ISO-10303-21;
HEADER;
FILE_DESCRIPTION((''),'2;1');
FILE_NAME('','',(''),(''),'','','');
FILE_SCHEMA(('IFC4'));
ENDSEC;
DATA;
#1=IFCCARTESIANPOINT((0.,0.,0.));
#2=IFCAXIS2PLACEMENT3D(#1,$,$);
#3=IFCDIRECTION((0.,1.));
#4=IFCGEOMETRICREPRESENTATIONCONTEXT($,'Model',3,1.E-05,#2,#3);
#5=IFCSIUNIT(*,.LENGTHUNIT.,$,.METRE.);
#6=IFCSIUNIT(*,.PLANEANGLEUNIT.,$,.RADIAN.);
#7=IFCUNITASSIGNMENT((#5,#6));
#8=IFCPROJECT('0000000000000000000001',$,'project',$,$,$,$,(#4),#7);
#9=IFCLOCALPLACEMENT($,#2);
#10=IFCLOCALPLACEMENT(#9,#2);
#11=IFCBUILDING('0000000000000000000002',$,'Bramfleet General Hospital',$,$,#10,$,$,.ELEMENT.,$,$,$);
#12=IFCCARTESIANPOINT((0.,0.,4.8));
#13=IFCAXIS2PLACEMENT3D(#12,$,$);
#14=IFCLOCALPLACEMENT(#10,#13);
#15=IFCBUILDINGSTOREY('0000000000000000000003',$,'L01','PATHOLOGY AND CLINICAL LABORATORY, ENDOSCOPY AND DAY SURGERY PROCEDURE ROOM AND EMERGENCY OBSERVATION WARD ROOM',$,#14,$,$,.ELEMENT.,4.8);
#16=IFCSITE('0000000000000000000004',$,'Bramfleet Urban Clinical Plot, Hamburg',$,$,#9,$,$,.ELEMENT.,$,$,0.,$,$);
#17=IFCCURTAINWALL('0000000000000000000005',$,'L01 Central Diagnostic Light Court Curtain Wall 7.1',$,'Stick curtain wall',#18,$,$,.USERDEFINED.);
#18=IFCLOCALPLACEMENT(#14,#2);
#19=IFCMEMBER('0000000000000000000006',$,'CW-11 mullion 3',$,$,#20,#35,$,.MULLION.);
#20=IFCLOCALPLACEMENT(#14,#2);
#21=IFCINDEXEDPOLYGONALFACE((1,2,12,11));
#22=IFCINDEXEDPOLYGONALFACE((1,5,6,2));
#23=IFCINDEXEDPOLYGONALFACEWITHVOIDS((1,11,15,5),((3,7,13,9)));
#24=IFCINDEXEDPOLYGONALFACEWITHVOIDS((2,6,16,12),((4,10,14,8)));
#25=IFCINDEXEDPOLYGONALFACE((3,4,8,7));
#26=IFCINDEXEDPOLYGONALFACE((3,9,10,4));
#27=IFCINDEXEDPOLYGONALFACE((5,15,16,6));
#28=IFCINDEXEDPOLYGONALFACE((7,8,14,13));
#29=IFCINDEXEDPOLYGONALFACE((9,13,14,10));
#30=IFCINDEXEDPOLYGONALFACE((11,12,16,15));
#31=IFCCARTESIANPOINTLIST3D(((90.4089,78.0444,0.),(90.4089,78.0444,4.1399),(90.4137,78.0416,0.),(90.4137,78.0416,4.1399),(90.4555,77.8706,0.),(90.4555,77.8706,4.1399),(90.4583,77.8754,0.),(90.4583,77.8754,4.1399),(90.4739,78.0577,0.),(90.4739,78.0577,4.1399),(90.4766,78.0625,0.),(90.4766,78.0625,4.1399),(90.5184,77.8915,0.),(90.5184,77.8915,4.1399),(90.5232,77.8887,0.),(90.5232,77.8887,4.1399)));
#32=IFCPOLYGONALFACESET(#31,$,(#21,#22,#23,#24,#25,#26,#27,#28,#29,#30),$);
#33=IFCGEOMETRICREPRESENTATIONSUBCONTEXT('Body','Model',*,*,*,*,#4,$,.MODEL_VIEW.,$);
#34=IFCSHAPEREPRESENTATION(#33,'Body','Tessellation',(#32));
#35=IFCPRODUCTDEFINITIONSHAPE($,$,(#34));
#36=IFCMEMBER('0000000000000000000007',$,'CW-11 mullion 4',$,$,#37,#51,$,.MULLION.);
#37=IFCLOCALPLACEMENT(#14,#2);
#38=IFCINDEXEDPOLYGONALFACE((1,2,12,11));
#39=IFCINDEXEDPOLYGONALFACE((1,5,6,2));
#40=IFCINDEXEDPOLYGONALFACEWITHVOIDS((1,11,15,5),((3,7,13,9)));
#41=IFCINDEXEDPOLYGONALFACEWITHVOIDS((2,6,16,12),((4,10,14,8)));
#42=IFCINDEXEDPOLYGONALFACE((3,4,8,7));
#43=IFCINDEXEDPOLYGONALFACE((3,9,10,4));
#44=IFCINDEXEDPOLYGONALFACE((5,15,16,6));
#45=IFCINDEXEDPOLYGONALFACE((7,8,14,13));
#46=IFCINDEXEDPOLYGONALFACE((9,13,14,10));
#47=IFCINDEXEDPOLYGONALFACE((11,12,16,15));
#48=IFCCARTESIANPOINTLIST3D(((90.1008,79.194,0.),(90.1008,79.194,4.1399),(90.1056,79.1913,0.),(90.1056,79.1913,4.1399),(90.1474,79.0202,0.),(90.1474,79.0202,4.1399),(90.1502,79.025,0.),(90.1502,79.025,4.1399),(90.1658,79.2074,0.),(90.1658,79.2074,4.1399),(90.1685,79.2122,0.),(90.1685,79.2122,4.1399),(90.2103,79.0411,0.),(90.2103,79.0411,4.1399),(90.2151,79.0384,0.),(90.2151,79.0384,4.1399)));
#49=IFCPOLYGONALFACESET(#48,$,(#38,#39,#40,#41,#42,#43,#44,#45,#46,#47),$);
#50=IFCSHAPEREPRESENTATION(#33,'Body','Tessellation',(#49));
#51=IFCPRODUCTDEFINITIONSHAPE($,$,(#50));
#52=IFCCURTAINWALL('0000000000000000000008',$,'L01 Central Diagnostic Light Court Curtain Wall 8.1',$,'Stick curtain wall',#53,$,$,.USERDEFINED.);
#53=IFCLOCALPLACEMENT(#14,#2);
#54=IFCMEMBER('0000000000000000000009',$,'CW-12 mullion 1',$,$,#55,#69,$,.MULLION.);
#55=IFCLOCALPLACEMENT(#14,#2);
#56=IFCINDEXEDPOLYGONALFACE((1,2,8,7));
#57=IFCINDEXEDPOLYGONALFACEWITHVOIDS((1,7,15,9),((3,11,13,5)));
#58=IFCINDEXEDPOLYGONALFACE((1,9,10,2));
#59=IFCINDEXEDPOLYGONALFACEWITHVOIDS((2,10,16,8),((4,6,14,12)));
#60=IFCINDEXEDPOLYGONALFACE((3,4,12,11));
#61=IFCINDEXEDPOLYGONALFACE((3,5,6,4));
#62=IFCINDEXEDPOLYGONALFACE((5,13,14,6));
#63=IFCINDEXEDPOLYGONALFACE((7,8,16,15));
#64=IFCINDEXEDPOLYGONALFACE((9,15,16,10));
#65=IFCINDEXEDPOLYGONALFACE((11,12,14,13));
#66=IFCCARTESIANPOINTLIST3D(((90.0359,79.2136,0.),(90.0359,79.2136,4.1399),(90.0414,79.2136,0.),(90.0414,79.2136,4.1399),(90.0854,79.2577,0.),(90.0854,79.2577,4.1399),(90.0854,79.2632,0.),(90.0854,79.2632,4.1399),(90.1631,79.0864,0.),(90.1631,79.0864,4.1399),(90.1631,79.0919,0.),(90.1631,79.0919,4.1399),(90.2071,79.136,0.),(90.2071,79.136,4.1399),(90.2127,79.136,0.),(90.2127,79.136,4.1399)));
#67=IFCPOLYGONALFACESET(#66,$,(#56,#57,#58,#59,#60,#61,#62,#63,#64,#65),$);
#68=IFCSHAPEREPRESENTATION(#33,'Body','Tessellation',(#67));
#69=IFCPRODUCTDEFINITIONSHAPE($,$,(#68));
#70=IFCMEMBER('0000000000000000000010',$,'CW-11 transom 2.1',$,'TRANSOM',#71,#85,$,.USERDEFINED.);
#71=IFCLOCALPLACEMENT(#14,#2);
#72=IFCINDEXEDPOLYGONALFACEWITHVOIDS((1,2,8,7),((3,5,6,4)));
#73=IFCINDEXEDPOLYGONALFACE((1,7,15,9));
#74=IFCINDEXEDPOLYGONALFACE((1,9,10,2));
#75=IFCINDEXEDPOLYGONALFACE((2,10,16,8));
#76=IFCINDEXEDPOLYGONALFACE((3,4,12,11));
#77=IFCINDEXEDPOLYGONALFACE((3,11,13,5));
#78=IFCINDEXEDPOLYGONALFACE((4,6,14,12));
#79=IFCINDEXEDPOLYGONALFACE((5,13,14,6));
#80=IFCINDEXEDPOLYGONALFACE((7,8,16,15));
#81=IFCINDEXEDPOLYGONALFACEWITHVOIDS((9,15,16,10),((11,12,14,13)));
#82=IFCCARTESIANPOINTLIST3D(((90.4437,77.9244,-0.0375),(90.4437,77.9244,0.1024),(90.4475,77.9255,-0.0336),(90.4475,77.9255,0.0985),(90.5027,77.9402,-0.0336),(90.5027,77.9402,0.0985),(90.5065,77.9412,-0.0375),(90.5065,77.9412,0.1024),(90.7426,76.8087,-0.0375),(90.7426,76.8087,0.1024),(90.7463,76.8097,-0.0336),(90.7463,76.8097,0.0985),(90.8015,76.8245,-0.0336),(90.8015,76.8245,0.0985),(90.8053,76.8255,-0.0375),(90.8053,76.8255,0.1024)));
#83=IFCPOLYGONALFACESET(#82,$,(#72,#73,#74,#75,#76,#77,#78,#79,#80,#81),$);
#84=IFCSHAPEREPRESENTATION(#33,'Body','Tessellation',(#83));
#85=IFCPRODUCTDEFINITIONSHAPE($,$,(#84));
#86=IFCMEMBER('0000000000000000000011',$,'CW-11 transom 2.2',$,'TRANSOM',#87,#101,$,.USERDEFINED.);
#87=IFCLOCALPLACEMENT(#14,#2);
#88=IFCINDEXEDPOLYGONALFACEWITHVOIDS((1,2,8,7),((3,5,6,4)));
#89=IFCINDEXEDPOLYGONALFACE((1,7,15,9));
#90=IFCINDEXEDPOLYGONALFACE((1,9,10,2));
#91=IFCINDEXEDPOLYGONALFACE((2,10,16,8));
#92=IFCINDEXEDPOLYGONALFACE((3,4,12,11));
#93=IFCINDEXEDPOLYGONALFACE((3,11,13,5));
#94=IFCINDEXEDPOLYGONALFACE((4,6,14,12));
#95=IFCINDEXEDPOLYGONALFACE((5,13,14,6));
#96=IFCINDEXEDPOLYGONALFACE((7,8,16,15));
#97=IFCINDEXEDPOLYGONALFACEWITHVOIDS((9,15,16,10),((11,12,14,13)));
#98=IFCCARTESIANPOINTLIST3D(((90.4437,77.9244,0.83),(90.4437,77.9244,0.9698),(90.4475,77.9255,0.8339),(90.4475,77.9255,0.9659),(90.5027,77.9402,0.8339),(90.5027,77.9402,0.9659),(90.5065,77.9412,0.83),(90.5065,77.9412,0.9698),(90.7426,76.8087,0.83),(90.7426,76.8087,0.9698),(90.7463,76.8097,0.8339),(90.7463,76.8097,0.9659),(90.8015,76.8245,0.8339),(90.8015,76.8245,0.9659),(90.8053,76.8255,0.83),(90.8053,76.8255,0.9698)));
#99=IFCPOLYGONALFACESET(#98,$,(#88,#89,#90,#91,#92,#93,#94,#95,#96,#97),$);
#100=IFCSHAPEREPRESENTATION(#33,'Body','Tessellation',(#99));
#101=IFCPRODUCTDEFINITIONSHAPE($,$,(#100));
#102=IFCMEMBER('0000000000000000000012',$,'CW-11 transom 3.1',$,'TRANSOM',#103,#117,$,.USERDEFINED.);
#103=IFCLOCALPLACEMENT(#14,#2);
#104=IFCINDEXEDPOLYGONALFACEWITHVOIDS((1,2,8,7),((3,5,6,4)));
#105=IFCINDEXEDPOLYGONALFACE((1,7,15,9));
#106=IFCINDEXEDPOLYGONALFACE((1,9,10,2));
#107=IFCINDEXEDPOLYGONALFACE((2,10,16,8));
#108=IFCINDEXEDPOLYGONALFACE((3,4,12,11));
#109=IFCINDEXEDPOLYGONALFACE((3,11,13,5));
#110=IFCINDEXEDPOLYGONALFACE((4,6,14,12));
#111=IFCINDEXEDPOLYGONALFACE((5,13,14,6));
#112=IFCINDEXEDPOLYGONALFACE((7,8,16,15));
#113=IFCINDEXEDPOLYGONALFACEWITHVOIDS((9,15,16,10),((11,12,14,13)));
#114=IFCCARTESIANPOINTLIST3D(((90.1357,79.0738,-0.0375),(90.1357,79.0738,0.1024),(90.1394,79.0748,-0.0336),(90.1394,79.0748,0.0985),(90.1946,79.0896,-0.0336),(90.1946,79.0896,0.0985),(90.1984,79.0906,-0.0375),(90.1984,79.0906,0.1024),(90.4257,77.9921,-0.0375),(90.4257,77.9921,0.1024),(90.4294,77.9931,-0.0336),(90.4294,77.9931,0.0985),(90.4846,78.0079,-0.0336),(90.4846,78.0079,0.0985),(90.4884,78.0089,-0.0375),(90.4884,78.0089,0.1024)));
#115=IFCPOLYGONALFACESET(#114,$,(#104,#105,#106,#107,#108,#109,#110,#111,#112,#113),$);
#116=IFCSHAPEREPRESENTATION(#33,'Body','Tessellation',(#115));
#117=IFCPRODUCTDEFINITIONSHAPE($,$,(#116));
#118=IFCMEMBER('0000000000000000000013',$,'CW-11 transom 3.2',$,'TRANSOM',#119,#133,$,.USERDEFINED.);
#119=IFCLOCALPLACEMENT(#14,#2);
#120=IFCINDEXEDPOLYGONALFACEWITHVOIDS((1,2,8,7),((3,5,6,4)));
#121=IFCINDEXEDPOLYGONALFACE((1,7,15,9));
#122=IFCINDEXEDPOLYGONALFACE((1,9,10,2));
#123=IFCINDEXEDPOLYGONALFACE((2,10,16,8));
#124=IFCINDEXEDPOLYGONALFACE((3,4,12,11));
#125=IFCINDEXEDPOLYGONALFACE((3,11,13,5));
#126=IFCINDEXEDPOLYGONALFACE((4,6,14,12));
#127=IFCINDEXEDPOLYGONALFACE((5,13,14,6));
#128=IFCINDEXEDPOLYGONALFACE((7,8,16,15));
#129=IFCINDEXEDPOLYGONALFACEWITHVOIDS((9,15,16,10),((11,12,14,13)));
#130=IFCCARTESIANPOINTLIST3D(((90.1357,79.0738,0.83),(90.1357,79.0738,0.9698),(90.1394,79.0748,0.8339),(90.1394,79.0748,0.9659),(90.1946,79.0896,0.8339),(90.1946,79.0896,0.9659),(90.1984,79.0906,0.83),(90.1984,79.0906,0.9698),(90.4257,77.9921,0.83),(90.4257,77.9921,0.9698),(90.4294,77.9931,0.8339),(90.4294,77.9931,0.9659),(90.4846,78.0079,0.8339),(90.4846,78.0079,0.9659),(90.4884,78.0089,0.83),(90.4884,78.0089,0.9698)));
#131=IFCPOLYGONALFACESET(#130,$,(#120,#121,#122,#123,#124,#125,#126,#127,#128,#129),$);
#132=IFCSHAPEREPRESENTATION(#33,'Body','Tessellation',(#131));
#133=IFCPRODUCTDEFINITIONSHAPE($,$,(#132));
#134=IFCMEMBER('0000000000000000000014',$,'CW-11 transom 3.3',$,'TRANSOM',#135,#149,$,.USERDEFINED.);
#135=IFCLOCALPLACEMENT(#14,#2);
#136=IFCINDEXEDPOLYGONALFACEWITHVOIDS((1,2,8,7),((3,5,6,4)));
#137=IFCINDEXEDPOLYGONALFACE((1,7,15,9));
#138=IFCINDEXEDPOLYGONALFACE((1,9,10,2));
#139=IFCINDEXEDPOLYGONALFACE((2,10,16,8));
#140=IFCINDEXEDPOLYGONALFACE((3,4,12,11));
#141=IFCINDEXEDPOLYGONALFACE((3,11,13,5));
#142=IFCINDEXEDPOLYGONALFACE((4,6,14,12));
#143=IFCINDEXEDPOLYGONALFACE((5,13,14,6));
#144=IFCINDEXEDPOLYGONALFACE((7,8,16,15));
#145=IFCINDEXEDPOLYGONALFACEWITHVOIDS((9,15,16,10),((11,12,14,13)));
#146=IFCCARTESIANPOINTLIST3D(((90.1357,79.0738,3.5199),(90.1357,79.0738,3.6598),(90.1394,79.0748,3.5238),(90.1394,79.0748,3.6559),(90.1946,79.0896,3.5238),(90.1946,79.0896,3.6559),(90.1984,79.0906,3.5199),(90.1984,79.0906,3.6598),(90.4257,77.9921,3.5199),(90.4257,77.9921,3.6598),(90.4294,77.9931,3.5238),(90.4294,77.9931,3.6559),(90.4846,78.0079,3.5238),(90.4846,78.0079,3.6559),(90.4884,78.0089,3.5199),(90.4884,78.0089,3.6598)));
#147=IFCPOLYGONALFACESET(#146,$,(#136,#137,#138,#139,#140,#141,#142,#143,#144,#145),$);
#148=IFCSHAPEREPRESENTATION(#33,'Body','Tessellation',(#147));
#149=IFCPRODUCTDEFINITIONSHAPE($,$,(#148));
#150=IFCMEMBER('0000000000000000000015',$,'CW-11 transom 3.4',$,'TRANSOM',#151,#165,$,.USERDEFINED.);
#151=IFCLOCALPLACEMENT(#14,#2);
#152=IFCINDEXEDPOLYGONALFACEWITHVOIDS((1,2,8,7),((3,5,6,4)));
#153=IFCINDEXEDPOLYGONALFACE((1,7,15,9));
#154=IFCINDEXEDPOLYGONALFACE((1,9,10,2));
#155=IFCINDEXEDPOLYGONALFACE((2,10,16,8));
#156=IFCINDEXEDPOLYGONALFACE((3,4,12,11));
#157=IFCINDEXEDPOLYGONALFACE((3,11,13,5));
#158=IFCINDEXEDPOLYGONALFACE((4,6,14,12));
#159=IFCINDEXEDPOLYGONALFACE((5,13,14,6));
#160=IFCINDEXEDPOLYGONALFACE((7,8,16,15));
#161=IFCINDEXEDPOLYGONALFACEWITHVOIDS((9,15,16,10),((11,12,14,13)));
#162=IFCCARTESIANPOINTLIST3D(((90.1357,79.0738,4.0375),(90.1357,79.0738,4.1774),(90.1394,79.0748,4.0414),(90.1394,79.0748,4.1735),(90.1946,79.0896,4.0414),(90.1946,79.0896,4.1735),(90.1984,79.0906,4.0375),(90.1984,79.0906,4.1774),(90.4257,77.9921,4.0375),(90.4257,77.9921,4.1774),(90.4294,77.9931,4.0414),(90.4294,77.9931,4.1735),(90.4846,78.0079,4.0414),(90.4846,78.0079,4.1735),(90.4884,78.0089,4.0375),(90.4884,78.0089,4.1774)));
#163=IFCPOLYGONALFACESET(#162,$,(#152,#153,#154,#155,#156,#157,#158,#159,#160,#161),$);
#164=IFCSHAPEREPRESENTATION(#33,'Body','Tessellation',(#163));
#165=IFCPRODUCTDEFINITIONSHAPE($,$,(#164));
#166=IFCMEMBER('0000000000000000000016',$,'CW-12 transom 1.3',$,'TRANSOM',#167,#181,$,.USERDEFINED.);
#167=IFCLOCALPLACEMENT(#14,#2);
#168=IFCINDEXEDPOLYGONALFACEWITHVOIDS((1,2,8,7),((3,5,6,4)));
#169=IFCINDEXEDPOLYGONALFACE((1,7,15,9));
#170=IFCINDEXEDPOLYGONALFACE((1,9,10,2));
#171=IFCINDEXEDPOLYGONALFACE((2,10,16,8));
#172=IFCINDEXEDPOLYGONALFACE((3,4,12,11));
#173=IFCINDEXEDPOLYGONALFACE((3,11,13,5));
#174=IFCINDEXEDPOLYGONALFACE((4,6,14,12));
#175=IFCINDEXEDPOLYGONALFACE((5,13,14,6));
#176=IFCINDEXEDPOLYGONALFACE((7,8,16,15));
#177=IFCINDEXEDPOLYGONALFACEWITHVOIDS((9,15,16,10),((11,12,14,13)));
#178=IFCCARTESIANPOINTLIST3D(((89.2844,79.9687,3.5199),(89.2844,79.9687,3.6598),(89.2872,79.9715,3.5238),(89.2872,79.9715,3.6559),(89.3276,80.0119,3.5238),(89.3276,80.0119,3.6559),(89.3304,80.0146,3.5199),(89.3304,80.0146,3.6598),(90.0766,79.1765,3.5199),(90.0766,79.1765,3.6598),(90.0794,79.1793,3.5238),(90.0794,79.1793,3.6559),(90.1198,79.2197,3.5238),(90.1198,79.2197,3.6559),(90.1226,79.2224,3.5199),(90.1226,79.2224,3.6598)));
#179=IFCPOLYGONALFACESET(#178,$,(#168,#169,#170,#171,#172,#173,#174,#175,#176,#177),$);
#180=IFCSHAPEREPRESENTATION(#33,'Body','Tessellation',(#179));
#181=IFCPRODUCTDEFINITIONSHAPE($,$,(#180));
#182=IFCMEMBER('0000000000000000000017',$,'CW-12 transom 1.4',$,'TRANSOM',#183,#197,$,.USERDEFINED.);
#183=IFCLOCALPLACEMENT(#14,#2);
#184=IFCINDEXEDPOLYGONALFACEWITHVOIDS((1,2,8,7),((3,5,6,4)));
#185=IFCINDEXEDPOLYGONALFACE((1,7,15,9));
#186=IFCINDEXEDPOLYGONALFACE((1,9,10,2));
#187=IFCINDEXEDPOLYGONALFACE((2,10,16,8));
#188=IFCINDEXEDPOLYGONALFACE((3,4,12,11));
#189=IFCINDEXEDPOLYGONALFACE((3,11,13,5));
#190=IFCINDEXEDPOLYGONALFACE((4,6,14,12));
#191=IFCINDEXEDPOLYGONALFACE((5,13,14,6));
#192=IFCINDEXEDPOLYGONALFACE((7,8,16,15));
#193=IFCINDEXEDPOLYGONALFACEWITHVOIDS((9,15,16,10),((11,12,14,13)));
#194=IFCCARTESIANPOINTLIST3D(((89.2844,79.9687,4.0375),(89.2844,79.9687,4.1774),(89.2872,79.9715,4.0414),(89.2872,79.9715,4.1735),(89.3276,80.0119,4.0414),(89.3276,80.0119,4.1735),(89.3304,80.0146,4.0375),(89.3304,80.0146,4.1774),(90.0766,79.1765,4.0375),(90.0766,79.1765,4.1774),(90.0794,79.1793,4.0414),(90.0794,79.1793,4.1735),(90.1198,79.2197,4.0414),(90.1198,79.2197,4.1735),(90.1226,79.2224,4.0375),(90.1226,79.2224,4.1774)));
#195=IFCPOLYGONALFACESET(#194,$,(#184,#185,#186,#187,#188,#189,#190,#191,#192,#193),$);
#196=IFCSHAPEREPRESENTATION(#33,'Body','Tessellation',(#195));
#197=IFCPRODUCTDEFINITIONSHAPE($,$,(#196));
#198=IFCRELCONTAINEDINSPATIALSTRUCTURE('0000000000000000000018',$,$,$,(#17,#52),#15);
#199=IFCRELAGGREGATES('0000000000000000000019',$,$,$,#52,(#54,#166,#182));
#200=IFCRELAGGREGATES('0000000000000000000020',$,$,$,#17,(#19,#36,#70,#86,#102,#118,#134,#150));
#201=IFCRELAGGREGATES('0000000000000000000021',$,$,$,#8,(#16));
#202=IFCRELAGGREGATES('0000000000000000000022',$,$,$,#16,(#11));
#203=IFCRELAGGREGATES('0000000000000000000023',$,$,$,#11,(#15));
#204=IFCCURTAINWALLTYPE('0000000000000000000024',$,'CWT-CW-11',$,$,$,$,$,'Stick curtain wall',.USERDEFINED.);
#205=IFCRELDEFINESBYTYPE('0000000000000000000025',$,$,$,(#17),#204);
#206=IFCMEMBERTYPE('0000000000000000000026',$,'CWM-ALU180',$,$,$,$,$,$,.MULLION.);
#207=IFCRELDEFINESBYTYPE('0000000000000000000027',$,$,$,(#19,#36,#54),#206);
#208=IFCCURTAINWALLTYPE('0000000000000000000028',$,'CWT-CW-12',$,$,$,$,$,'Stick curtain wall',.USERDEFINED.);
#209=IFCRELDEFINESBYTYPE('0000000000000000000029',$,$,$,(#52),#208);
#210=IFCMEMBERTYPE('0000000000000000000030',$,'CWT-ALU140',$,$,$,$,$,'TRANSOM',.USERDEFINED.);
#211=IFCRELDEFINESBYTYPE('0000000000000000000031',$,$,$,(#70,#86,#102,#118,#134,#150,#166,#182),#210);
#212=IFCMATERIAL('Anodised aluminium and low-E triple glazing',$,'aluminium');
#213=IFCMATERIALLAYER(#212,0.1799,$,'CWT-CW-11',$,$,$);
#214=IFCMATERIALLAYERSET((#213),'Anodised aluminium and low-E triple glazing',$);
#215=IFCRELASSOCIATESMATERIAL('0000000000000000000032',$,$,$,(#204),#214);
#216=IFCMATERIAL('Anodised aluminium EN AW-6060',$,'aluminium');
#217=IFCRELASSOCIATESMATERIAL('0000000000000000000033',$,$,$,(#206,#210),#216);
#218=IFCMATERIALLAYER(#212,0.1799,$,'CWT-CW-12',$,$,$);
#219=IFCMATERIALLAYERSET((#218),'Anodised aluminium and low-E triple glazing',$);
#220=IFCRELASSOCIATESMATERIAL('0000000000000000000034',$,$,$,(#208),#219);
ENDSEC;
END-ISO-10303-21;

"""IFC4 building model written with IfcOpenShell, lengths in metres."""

from ifc_helpers import new_model, si_unit, direction, frame, origin, origin_2d, place, context, subcontext, project, spatial, hollow_rectangle, extrude, material, layer, layer_set, material_profile, profile_set, type_object, element, aggregate, save


model = new_model("IFC4")

# Units and contexts
model_context = context("Model", 3, precision=1e-05, world=origin(), true_north=direction((0.0, 1.0)))
body_context = subcontext(model_context, "Body", "Model", "MODEL_VIEW")
ifc_project = project(units=[si_unit("LENGTHUNIT", "METRE"), si_unit("PLANEANGLEUNIT", "RADIAN")], contexts=[model_context])

# Site, building, storey
site_placement = place(None, origin())
site = spatial("IfcSite", under=ifc_project, at=site_placement, Name="Bramfleet Urban Clinical Plot, Hamburg", CompositionType="ELEMENT", RefElevation=0.0)
building_placement = place(site_placement, origin())
building = spatial("IfcBuilding", under=site, at=building_placement, Name="Bramfleet General Hospital", CompositionType="ELEMENT")
storey_placement = place(building_placement, frame((0.0, 0.0, 4.8)))
storey = spatial("IfcBuildingStorey", under=building, at=storey_placement, Name="L01", Description="PATHOLOGY AND CLINICAL LABORATORY, ENDOSCOPY AND DAY SURGERY PROCEDURE ROOM AND EMERGENCY OBSERVATION WARD ROOM", CompositionType="ELEMENT", Elevation=4.8)

# Curtain wall, members
ifc_material_1 = material(Name="Anodised aluminium and low-E triple glazing", Category="aluminium")
ifc_layer_1 = layer(ifc_material_1, 0.1799, Name="CWT-CW-11")
ifc_layer_set_1 = layer_set([ifc_layer_1], Name="Anodised aluminium and low-E triple glazing")
curtain_wall_type_1 = type_object("IfcCurtainWallType", Name="CWT-CW-11", ElementType="Stick curtain wall", PredefinedType="USERDEFINED", material=ifc_layer_set_1)
curtain_wall_1_placement = place(storey_placement, origin())
curtain_wall_1 = element("IfcCurtainWall", 1, at=curtain_wall_1_placement, inside=storey, type_object=curtain_wall_type_1, Name="L01 Central Diagnostic Light Court Curtain Wall 7.1", ObjectType="Stick curtain wall", PredefinedType="USERDEFINED")
ifc_material_2 = material(Name="Anodised aluminium EN AW-6060", Category="aluminium")
ifc_material_profile_1 = material_profile(ifc_material_2, hollow_rectangle(XDim=0.0701, YDim=0.1799, WallThickness=0.0039, at=origin_2d()), Name="ALU 180x70x4.0")
ifc_profile_set_1 = profile_set([ifc_material_profile_1], Name="Anodised aluminium EN AW-6060")
member_type_1 = type_object("IfcMemberType", Name="CWM-ALU180", PredefinedType="MULLION", material=ifc_profile_set_1)
member_1_placement = place(storey_placement, frame((90.4661, 77.9666, 0.0), z_axis=(0.0, 0.0, 1.0), x_axis=(-0.965941, -0.258763, 0.0)))
member_1 = element("IfcMember", 2, at=member_1_placement, type_object=member_type_1, Name="CW-11 mullion 3", PredefinedType="MULLION", context=body_context, shape_type="SweptSolid", body=[
    extrude(hollow_rectangle(XDim=0.0701, YDim=0.1799, WallThickness=0.0039, at=origin_2d()), origin(), (0.0, 0.0, 1.0), 4.1399),
])
member_2_placement = place(storey_placement, frame((90.158, 79.1162, 0.0), z_axis=(0.0, 0.0, 1.0), x_axis=(-0.965941, -0.258763, 0.0)))
member_2 = element("IfcMember", 3, at=member_2_placement, type_object=member_type_1, Name="CW-11 mullion 4", PredefinedType="MULLION", context=body_context, shape_type="SweptSolid", body=[
    extrude(hollow_rectangle(XDim=0.0701, YDim=0.1799, WallThickness=0.0039, at=origin_2d()), origin(), (0.0, 0.0, 1.0), 4.1399),
])

# Curtain wall, member
ifc_layer_2 = layer(ifc_material_1, 0.1799, Name="CWT-CW-12")
ifc_layer_set_2 = layer_set([ifc_layer_2], Name="Anodised aluminium and low-E triple glazing")
curtain_wall_type_2 = type_object("IfcCurtainWallType", Name="CWT-CW-12", ElementType="Stick curtain wall", PredefinedType="USERDEFINED", material=ifc_layer_set_2)
curtain_wall_2_placement = place(storey_placement, origin())
curtain_wall_2 = element("IfcCurtainWall", 4, at=curtain_wall_2_placement, inside=storey, type_object=curtain_wall_type_2, Name="L01 Central Diagnostic Light Court Curtain Wall 8.1", ObjectType="Stick curtain wall", PredefinedType="USERDEFINED")
member_3_placement = place(storey_placement, frame((90.1243, 79.1748, 0.0), z_axis=(0.0, 0.0, 1.0), x_axis=(-0.707107, -0.707107, 0.0)))
member_3 = element("IfcMember", 5, at=member_3_placement, type_object=member_type_1, Name="CW-12 mullion 1", PredefinedType="MULLION", context=body_context, shape_type="SweptSolid", body=[
    extrude(hollow_rectangle(XDim=0.0701, YDim=0.1799, WallThickness=0.0039, at=origin_2d()), origin(), (0.0, 0.0, 1.0), 4.1399),
])

# Members
ifc_material_profile_2 = material_profile(ifc_material_2, hollow_rectangle(XDim=0.0649, YDim=0.1399, WallThickness=0.0039, at=origin_2d()), Name="ALU 140x65x4.0")
ifc_profile_set_2 = profile_set([ifc_material_profile_2], Name="Anodised aluminium EN AW-6060")
member_type_2 = type_object("IfcMemberType", Name="CWT-ALU140", ElementType="TRANSOM", PredefinedType="USERDEFINED", material=ifc_profile_set_2)
member_4_placement = place(storey_placement, frame((90.7739, 76.8171, 0.0325), z_axis=(-0.258715, 0.965954, 0.0), x_axis=(-0.965954, -0.258715, 0.0)))
member_4 = element("IfcMember", 6, at=member_4_placement, type_object=member_type_2, Name="CW-11 transom 2.1", ObjectType="TRANSOM", PredefinedType="USERDEFINED", context=body_context, shape_type="SweptSolid", body=[
    extrude(hollow_rectangle(XDim=0.0649, YDim=0.1399, WallThickness=0.0039, at=origin_2d()), origin(), (0.0, 0.0, 1.0), 1.155),
])
member_5_placement = place(storey_placement, frame((90.7739, 76.8171, 0.8999), z_axis=(-0.258715, 0.965954, 0.0), x_axis=(-0.965954, -0.258715, 0.0)))
member_5 = element("IfcMember", 7, at=member_5_placement, type_object=member_type_2, Name="CW-11 transom 2.2", ObjectType="TRANSOM", PredefinedType="USERDEFINED", context=body_context, shape_type="SweptSolid", body=[
    extrude(hollow_rectangle(XDim=0.0649, YDim=0.1399, WallThickness=0.0039, at=origin_2d()), origin(), (0.0, 0.0, 1.0), 1.155),
])
member_6_placement = place(storey_placement, frame((90.457, 78.0005, 0.0325), z_axis=(-0.258965, 0.965887, 0.0), x_axis=(-0.965887, -0.258965, 0.0)))
member_6 = element("IfcMember", 8, at=member_6_placement, type_object=member_type_2, Name="CW-11 transom 3.1", ObjectType="TRANSOM", PredefinedType="USERDEFINED", context=body_context, shape_type="SweptSolid", body=[
    extrude(hollow_rectangle(XDim=0.0649, YDim=0.1399, WallThickness=0.0039, at=origin_2d()), origin(), (0.0, 0.0, 1.0), 1.1199),
])
member_7_placement = place(storey_placement, frame((90.457, 78.0005, 0.8999), z_axis=(-0.258965, 0.965887, 0.0), x_axis=(-0.965887, -0.258965, 0.0)))
member_7 = element("IfcMember", 9, at=member_7_placement, type_object=member_type_2, Name="CW-11 transom 3.2", ObjectType="TRANSOM", PredefinedType="USERDEFINED", context=body_context, shape_type="SweptSolid", body=[
    extrude(hollow_rectangle(XDim=0.0649, YDim=0.1399, WallThickness=0.0039, at=origin_2d()), origin(), (0.0, 0.0, 1.0), 1.1199),
])
member_8_placement = place(storey_placement, frame((90.457, 78.0005, 3.5898), z_axis=(-0.258965, 0.965887, 0.0), x_axis=(-0.965887, -0.258965, 0.0)))
member_8 = element("IfcMember", 10, at=member_8_placement, type_object=member_type_2, Name="CW-11 transom 3.3", ObjectType="TRANSOM", PredefinedType="USERDEFINED", context=body_context, shape_type="SweptSolid", body=[
    extrude(hollow_rectangle(XDim=0.0649, YDim=0.1399, WallThickness=0.0039, at=origin_2d()), origin(), (0.0, 0.0, 1.0), 1.1199),
])
member_9_placement = place(storey_placement, frame((90.457, 78.0005, 4.1074), z_axis=(-0.258965, 0.965887, 0.0), x_axis=(-0.965887, -0.258965, 0.0)))
member_9 = element("IfcMember", 11, at=member_9_placement, type_object=member_type_2, Name="CW-11 transom 3.4", ObjectType="TRANSOM", PredefinedType="USERDEFINED", context=body_context, shape_type="SweptSolid", body=[
    extrude(hollow_rectangle(XDim=0.0649, YDim=0.1399, WallThickness=0.0039, at=origin_2d()), origin(), (0.0, 0.0, 1.0), 1.1199),
])
member_10_placement = place(storey_placement, frame((90.0996, 79.1995, 3.5898), z_axis=(-0.707107, 0.707107, 0.0), x_axis=(-0.707107, -0.707107, 0.0)))
member_10 = element("IfcMember", 12, at=member_10_placement, type_object=member_type_2, Name="CW-12 transom 1.3", ObjectType="TRANSOM", PredefinedType="USERDEFINED", context=body_context, shape_type="SweptSolid", body=[
    extrude(hollow_rectangle(XDim=0.0649, YDim=0.1399, WallThickness=0.0039, at=origin_2d()), origin(), (0.0, 0.0, 1.0), 1.1204),
])
member_11_placement = place(storey_placement, frame((90.0996, 79.1995, 4.1074), z_axis=(-0.707107, 0.707107, 0.0), x_axis=(-0.707107, -0.707107, 0.0)))
member_11 = element("IfcMember", 13, at=member_11_placement, type_object=member_type_2, Name="CW-12 transom 1.4", ObjectType="TRANSOM", PredefinedType="USERDEFINED", context=body_context, shape_type="SweptSolid", body=[
    extrude(hollow_rectangle(XDim=0.0649, YDim=0.1399, WallThickness=0.0039, at=origin_2d()), origin(), (0.0, 0.0, 1.0), 1.1204),
])
aggregate(curtain_wall_2, [member_3, member_10, member_11])

aggregate(curtain_wall_1, [member_1, member_2, member_4, member_5, member_6, member_7, member_8, member_9])

save(model, "model.ifc")
